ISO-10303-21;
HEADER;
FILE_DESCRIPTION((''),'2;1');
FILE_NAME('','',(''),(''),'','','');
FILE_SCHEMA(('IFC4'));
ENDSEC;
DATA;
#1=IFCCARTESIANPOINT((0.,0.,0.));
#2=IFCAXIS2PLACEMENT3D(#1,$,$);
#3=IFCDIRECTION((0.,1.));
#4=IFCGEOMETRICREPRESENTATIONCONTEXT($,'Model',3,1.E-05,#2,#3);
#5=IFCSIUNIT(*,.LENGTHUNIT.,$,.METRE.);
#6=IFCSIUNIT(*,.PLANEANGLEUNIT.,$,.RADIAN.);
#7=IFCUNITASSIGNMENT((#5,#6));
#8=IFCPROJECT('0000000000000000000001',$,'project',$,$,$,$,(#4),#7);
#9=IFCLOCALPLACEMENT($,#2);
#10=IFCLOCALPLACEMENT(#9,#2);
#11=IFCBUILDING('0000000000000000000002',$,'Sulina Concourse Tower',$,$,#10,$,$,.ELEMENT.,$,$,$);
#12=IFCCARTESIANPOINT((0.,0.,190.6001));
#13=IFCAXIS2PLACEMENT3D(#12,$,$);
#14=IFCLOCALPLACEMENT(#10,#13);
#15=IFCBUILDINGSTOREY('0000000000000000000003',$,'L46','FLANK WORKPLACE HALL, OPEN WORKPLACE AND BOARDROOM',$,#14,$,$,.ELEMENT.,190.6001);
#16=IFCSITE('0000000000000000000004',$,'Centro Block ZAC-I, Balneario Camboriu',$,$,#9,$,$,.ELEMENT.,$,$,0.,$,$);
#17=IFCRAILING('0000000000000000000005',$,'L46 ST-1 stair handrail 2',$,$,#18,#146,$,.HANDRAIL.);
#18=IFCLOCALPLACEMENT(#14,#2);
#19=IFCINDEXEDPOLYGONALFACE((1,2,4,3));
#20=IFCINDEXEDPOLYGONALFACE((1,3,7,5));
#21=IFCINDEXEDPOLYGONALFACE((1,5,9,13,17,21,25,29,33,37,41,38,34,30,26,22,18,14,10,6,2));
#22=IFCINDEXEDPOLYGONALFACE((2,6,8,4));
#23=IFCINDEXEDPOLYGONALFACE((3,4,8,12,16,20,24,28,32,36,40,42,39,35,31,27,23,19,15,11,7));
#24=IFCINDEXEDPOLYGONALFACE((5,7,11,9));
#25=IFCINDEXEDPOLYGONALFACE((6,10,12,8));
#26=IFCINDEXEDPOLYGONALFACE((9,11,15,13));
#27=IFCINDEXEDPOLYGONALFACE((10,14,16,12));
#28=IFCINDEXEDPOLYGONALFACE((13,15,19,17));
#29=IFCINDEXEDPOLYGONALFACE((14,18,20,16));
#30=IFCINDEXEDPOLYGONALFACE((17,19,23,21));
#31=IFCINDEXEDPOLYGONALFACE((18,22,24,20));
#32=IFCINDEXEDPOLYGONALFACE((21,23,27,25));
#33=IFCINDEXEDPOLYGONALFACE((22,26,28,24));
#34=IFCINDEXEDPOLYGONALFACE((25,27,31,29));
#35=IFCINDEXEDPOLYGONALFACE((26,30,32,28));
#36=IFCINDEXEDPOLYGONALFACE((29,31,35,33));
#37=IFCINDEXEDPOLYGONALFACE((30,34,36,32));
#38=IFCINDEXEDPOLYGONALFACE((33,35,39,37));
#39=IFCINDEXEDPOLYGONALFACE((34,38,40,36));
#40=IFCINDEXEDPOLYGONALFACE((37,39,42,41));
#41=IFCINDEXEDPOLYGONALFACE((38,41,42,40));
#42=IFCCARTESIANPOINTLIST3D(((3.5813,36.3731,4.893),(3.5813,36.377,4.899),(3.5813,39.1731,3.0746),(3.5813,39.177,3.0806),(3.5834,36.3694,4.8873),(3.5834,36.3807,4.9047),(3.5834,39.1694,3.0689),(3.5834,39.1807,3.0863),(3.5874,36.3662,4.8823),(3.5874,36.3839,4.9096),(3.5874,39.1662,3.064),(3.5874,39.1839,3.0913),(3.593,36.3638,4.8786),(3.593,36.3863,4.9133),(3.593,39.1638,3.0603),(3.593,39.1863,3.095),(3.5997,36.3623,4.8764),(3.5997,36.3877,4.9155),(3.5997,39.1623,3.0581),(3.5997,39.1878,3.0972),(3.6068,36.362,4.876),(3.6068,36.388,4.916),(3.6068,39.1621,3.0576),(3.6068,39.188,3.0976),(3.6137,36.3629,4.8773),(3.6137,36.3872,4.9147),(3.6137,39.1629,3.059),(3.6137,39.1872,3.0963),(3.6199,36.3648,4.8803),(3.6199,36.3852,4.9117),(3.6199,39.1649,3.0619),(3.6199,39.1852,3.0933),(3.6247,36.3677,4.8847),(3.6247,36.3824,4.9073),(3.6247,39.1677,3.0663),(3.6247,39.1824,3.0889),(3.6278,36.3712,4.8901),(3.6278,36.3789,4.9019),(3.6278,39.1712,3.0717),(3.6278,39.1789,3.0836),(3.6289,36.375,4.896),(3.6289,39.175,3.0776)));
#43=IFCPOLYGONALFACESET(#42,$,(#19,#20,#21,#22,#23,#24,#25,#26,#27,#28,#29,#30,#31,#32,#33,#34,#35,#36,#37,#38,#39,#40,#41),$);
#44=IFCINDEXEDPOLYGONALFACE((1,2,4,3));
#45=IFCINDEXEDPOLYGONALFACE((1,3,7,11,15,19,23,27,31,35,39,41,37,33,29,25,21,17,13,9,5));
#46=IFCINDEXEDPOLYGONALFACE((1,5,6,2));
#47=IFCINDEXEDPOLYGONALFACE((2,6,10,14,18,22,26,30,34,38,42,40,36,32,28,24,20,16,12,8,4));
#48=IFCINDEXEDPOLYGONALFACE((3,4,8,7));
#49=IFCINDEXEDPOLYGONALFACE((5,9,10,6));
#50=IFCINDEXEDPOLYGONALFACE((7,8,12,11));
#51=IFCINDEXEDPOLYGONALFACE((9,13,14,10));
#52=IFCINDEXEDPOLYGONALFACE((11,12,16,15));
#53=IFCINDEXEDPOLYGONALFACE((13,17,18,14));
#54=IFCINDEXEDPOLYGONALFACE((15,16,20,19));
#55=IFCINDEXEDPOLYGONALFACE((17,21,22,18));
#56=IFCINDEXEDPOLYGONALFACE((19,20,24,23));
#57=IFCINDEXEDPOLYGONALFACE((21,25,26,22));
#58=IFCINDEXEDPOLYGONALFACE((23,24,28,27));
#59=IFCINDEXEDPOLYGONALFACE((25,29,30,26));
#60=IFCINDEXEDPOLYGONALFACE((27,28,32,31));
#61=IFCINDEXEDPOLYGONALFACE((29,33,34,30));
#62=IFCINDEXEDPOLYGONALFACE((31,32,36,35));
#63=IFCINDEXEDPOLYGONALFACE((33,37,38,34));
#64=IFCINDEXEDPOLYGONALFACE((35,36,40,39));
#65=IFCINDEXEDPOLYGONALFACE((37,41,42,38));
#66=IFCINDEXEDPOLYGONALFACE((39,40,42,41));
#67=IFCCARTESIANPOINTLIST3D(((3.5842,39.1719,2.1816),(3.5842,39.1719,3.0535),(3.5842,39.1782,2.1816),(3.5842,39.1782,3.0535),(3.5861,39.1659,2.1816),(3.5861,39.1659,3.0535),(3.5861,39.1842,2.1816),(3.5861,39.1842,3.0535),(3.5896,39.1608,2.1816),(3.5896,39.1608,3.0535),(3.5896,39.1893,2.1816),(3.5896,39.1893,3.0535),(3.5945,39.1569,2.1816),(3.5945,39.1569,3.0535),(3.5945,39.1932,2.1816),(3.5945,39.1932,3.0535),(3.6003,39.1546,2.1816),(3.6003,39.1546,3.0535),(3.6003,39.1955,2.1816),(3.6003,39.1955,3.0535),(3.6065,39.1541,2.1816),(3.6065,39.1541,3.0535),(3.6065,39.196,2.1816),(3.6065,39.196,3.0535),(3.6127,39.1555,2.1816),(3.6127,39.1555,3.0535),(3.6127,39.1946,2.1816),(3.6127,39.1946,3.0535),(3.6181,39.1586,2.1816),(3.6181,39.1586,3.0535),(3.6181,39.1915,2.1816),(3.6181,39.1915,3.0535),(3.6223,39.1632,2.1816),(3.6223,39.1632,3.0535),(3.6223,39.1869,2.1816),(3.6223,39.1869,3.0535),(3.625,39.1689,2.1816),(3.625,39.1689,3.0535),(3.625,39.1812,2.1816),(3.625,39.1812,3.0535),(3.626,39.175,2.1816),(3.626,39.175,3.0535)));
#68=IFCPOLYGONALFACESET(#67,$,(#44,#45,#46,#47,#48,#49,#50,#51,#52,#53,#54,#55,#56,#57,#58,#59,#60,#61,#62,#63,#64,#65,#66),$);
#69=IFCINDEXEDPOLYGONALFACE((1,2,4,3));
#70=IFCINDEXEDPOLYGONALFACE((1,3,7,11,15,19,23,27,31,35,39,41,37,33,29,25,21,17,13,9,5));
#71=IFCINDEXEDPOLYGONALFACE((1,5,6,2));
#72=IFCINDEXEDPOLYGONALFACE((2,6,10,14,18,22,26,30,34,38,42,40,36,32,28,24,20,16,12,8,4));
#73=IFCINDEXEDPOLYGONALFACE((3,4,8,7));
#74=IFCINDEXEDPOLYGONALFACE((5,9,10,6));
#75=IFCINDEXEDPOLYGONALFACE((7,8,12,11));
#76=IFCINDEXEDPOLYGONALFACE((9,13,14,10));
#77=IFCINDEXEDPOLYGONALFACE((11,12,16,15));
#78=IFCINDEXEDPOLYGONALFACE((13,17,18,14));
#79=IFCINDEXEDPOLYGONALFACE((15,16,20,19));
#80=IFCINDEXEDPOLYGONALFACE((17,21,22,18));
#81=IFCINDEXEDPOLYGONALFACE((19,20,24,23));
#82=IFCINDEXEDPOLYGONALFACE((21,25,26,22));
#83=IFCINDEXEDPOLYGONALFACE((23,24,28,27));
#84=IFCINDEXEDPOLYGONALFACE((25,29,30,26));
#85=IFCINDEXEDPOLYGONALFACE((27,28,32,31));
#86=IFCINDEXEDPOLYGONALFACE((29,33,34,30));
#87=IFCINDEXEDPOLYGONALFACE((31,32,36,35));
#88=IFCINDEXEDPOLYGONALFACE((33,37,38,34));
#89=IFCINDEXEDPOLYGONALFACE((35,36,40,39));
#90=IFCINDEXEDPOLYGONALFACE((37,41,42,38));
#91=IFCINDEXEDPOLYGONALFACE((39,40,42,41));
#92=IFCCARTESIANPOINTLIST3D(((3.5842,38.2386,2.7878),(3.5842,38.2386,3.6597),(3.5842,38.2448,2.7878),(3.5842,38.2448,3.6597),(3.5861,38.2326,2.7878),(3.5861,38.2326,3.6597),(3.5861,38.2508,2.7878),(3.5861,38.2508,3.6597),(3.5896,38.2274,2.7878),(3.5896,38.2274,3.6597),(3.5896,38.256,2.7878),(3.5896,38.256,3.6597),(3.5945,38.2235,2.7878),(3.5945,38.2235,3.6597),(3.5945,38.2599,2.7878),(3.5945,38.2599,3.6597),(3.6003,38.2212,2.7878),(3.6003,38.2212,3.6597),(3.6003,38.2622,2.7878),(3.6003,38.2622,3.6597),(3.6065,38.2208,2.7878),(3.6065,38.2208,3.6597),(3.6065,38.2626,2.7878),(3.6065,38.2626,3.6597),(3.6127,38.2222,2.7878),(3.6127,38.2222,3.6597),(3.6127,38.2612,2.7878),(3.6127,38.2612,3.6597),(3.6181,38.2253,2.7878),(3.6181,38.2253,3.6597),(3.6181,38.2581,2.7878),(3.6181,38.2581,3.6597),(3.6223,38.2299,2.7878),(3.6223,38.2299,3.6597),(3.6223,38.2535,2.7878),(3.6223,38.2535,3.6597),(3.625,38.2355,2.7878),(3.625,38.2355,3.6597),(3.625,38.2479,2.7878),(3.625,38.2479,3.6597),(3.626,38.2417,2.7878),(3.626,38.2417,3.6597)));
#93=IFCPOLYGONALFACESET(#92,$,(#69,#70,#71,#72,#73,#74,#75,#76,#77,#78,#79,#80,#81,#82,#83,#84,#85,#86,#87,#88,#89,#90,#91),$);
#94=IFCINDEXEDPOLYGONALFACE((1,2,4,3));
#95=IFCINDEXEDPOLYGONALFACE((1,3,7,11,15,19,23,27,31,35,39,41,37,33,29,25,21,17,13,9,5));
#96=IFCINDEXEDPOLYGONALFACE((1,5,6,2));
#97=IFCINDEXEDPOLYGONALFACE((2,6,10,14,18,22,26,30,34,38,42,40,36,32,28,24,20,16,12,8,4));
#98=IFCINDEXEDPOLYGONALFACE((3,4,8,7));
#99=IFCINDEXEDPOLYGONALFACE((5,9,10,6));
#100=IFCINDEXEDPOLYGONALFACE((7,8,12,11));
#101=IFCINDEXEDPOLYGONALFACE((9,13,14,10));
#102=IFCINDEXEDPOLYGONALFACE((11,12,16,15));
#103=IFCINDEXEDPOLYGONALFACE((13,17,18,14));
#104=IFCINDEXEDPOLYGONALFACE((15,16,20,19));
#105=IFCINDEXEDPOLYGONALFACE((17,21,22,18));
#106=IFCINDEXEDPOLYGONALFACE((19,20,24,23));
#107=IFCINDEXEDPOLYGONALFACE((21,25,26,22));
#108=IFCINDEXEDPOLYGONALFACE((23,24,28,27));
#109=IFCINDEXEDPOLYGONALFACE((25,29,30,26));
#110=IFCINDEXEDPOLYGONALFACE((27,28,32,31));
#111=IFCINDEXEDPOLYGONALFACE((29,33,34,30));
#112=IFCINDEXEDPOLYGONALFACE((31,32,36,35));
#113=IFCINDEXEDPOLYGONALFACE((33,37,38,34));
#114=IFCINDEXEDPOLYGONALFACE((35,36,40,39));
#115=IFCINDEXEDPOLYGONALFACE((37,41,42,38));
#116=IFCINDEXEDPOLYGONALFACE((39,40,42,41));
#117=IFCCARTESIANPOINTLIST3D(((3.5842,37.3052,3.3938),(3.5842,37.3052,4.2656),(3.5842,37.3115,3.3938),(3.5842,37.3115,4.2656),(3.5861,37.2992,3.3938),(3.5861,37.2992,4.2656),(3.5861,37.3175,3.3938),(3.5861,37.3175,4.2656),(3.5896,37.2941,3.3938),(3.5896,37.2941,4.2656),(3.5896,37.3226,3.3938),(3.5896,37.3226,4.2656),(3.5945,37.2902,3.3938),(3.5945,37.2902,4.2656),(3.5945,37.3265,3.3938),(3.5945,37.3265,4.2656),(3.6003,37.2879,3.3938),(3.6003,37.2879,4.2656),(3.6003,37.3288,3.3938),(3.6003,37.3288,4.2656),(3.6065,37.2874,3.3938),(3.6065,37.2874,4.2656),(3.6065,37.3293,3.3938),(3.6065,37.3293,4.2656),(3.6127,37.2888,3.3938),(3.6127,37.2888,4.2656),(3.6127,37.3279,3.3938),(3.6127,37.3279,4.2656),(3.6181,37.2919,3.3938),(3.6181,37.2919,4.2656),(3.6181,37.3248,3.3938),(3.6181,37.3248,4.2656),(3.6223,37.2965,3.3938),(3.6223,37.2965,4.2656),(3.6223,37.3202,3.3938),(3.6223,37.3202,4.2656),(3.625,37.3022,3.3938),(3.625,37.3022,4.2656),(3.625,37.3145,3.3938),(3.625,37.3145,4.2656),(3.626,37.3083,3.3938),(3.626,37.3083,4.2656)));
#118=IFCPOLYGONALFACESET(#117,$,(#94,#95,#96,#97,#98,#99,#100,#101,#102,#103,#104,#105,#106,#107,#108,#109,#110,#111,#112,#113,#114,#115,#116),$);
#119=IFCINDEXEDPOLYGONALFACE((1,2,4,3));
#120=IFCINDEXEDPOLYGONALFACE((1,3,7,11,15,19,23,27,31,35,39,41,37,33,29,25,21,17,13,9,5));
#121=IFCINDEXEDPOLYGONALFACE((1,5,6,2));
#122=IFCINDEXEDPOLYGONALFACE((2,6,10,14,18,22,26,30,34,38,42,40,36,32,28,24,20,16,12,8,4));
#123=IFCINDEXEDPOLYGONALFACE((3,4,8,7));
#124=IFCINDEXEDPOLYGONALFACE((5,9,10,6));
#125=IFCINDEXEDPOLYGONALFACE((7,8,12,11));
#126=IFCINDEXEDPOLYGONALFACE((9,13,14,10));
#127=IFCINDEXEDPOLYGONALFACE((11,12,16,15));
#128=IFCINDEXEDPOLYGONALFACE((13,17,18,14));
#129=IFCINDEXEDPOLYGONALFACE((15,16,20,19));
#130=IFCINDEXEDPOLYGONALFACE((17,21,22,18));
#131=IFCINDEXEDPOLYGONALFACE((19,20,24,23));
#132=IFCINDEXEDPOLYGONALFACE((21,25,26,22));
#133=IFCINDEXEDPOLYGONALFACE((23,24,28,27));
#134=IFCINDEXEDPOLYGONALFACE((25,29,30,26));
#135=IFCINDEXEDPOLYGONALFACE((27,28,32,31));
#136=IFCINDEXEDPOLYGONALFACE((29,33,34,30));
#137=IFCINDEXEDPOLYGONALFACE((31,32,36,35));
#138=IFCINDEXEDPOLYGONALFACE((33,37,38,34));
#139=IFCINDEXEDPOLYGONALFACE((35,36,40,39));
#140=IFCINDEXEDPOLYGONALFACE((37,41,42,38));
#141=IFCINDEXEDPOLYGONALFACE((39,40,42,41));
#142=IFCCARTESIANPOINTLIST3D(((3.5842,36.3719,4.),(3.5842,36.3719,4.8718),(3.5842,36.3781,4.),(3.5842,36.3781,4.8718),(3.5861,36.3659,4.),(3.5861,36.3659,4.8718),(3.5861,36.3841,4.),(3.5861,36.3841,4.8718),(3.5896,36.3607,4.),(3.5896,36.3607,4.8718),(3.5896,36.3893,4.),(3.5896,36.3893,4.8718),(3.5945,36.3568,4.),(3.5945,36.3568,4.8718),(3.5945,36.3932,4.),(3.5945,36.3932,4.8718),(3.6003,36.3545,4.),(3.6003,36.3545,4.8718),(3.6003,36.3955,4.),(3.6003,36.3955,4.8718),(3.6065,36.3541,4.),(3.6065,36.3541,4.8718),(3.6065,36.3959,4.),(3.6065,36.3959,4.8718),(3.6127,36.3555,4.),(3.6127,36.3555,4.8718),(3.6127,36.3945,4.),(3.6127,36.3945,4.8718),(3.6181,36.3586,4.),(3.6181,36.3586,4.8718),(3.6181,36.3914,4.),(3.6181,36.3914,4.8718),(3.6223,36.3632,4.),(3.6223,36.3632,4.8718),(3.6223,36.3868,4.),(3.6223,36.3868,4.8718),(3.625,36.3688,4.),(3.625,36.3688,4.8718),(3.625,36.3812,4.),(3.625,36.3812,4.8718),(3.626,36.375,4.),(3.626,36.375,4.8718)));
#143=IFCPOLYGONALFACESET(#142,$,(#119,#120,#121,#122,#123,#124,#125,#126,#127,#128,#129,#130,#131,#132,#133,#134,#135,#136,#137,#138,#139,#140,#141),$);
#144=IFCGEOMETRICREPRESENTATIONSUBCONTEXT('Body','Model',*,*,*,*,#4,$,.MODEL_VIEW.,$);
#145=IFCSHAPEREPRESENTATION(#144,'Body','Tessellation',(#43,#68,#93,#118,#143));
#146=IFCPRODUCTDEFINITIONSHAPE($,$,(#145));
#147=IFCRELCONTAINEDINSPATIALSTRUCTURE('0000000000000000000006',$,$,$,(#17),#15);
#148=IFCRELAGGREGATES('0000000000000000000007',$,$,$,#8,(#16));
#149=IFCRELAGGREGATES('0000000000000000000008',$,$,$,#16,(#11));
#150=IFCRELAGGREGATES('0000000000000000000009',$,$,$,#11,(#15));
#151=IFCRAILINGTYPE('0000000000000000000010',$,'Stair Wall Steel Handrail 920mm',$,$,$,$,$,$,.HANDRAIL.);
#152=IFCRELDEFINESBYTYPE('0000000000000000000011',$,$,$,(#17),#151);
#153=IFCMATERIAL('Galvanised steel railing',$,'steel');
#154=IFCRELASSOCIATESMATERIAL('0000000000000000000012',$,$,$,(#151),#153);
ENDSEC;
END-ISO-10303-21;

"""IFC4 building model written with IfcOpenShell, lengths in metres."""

from ifc_helpers import new_model, si_unit, direction, frame, origin, origin_2d, place, context, subcontext, project, spatial, circle, extrude, material, type_object, element, save


model = new_model("IFC4")

# Units and contexts
model_context = context("Model", 3, precision=1e-05, world=origin(), true_north=direction((0.0, 1.0)))
body_context = subcontext(model_context, "Body", "Model", "MODEL_VIEW")
ifc_project = project(units=[si_unit("LENGTHUNIT", "METRE"), si_unit("PLANEANGLEUNIT", "RADIAN")], contexts=[model_context])

# Site, building, storey
site_placement = place(None, origin())
site = spatial("IfcSite", under=ifc_project, at=site_placement, Name="Centro Block ZAC-I, Balneario Camboriu", CompositionType="ELEMENT", RefElevation=0.0)
building_placement = place(site_placement, origin())
building = spatial("IfcBuilding", under=site, at=building_placement, Name="Sulina Concourse Tower", CompositionType="ELEMENT")
storey_placement = place(building_placement, frame((0.0, 0.0, 190.6001)))
storey = spatial("IfcBuildingStorey", under=building, at=storey_placement, Name="L46", Description="FLANK WORKPLACE HALL, OPEN WORKPLACE AND BOARDROOM", CompositionType="ELEMENT", Elevation=190.6001)

# Railing
ifc_material_1 = material(Name="Galvanised steel railing", Category="steel")
railing_type_1 = type_object("IfcRailingType", Name="Stair Wall Steel Handrail 920mm", PredefinedType="HANDRAIL", material=ifc_material_1)
railing_1_placement = place(storey_placement, frame((3.605, 39.175, 2.1816)))
element("IfcRailing", 1, at=railing_1_placement, inside=storey, type_object=railing_type_1, Name="L46 ST-1 stair handrail 2", PredefinedType="HANDRAIL", context=body_context, shape_type="SweptSolid", body=[
    extrude(circle(Radius=0.0239, at=origin_2d()), frame((0.0, 0.0, 0.896), z_axis=(0.0, -0.838672, 0.544636), x_axis=(1.0, 0.0, 0.0)), (0.0, 0.0, 1.0), 3.3386),
    extrude(circle(Radius=0.021, at=origin_2d()), origin(), (0.0, 0.0, 1.0), 0.8718),
    extrude(circle(Radius=0.021, at=origin_2d()), frame((0.0, -0.9333, 0.6062)), (0.0, 0.0, 1.0), 0.8718),
    extrude(circle(Radius=0.021, at=origin_2d()), frame((0.0, -1.8667, 1.2122)), (0.0, 0.0, 1.0), 0.8718),
    extrude(circle(Radius=0.021, at=origin_2d()), frame((0.0, -2.8, 1.8184)), (0.0, 0.0, 1.0), 0.8718),
])

save(model, "model.ifc")
